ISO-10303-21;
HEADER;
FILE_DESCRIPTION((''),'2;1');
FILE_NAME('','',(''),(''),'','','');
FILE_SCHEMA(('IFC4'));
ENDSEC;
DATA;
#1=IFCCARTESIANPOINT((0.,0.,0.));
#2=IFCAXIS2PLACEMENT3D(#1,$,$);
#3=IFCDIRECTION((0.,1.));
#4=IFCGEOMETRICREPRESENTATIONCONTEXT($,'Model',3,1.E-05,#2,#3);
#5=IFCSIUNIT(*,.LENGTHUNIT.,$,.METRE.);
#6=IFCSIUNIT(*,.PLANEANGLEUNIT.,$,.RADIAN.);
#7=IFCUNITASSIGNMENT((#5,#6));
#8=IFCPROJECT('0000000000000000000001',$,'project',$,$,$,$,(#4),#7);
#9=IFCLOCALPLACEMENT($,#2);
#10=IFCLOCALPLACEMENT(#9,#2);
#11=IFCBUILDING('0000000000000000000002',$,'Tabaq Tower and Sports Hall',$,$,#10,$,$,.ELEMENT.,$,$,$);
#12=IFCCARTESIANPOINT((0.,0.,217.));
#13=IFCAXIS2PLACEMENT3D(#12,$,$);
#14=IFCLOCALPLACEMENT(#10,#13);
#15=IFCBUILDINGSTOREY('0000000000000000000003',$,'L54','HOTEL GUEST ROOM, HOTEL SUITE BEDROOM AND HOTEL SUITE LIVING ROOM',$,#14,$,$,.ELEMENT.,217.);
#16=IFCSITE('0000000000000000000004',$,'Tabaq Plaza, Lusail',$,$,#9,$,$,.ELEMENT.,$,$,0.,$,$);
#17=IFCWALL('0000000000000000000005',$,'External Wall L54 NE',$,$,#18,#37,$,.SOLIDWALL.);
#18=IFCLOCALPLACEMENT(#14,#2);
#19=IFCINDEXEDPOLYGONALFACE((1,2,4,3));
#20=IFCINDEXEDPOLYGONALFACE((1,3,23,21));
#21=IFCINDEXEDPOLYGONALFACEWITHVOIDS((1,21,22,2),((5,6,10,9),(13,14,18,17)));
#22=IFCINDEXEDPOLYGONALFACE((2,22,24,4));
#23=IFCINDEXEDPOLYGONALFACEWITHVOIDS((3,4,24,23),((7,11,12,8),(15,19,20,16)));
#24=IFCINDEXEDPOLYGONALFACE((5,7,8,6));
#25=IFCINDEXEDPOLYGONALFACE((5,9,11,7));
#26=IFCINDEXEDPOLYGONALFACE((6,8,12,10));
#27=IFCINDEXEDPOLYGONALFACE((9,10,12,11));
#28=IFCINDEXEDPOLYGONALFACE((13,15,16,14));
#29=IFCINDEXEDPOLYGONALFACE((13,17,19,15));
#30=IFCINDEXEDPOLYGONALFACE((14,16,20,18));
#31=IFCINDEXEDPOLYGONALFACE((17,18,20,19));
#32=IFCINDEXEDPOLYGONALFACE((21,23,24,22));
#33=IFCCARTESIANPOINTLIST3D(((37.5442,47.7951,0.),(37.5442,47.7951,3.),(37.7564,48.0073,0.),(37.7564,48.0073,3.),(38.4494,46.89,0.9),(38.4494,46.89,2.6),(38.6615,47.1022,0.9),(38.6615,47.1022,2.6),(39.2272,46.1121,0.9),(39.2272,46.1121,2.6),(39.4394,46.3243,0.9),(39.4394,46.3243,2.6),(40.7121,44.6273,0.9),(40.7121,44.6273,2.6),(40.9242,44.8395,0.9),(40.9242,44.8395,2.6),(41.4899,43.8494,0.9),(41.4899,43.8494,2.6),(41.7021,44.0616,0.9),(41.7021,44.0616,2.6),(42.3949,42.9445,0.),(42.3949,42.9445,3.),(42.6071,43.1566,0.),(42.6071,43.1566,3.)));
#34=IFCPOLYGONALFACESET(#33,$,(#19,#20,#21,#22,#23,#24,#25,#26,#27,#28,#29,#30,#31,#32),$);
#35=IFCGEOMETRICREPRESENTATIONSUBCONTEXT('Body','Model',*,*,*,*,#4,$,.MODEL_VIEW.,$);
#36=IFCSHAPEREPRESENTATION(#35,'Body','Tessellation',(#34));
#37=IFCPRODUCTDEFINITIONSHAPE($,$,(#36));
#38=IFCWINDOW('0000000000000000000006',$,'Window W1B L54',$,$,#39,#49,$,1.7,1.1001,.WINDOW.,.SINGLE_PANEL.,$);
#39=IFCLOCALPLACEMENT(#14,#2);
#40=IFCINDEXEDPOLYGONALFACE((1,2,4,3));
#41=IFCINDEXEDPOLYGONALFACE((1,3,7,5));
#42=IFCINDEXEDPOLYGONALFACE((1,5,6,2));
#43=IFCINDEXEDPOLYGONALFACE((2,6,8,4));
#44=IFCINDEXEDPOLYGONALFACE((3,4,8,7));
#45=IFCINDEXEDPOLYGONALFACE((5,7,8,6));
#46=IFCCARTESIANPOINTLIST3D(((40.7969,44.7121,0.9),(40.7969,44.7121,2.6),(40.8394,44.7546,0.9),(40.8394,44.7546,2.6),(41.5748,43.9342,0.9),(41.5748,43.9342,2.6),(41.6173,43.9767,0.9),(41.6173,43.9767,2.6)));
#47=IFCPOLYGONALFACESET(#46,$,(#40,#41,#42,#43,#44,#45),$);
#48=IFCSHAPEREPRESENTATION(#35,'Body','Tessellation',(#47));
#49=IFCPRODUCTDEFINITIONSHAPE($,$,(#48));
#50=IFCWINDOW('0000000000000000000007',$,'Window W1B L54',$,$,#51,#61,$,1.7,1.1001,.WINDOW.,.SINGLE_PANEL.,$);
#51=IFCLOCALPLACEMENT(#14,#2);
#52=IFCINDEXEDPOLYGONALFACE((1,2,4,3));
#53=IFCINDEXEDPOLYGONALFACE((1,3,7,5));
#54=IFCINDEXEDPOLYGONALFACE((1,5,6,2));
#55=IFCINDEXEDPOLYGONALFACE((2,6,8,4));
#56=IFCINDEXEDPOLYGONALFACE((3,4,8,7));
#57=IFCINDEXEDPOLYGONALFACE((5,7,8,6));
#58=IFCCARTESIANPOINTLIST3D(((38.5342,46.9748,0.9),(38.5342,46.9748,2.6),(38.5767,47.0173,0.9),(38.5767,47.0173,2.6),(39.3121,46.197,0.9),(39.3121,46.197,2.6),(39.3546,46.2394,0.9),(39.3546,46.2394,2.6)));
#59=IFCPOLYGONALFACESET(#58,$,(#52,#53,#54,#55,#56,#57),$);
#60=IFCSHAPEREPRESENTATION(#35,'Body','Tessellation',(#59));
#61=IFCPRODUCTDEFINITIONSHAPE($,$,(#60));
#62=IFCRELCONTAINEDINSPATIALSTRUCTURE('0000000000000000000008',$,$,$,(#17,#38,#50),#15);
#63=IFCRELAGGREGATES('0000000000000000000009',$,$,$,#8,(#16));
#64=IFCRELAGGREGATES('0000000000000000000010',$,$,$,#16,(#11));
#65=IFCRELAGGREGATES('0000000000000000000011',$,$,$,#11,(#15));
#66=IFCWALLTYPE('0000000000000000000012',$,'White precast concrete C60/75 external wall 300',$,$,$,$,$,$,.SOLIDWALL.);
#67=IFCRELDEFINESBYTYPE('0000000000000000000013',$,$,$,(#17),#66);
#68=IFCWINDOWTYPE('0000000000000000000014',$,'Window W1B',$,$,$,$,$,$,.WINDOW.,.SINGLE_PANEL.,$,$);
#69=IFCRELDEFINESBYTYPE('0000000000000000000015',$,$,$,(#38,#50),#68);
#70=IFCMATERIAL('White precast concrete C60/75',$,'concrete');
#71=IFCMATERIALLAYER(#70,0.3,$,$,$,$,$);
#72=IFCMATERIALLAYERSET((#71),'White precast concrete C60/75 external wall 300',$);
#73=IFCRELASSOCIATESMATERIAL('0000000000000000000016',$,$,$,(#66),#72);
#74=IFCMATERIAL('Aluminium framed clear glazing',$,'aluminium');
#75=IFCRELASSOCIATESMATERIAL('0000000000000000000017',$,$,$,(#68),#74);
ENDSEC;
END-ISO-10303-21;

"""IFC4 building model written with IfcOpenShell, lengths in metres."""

from ifc_helpers import new_model, si_unit, direction, frame, frame_2d, origin, place, context, subcontext, project, spatial, rectangle, extrude, material, layer, layer_set, type_object, element, fill, save


model = new_model("IFC4")

# Units and contexts
model_context = context("Model", 3, precision=1e-05, world=origin(), true_north=direction((0.0, 1.0)))
body_context = subcontext(model_context, "Body", "Model", "MODEL_VIEW")
ifc_project = project(units=[si_unit("LENGTHUNIT", "METRE"), si_unit("PLANEANGLEUNIT", "RADIAN")], contexts=[model_context])

# Site, building, storey
site_placement = place(None, origin())
site = spatial("IfcSite", under=ifc_project, at=site_placement, Name="Tabaq Plaza, Lusail", CompositionType="ELEMENT", RefElevation=0.0)
building_placement = place(site_placement, origin())
building = spatial("IfcBuilding", under=site, at=building_placement, Name="Tabaq Tower and Sports Hall", CompositionType="ELEMENT")
storey_placement = place(building_placement, frame((0.0, 0.0, 217.0)))
storey = spatial("IfcBuildingStorey", under=building, at=storey_placement, Name="L54", Description="HOTEL GUEST ROOM, HOTEL SUITE BEDROOM AND HOTEL SUITE LIVING ROOM", CompositionType="ELEMENT", Elevation=217.0)

# Wall, openings, windows
ifc_material_1 = material(Name="White precast concrete C60/75", Category="concrete")
ifc_layer_1 = layer(ifc_material_1, 0.3)
ifc_layer_set_1 = layer_set([ifc_layer_1], Name="White precast concrete C60/75 external wall 300")
wall_type_1 = type_object("IfcWallType", Name="White precast concrete C60/75 external wall 300", PredefinedType="SOLIDWALL", material=ifc_layer_set_1)
wall_1_placement = place(storey_placement, frame((42.501, 43.0505, 0.0), z_axis=(0.0, 0.0, 1.0), x_axis=(-0.707107, 0.707107, 0.0)))
wall_1 = element("IfcWall", 1, at=wall_1_placement, inside=storey, type_object=wall_type_1, Name="External Wall L54 NE", PredefinedType="SOLIDWALL", context=body_context, shape_type="SweptSolid", body=[
    extrude(rectangle(XDim=6.8599, YDim=0.3, at=frame_2d((3.4299, 0.0))), origin(), (0.0, 0.0, 1.0), 3.0),
])
opening_1_placement = place(wall_1_placement, frame((1.2798, 0.0, 0.8999)))
opening_1 = element("IfcOpeningElement", 2, at=opening_1_placement, cuts=wall_1, PredefinedType="OPENING", context=body_context, shape_type="SweptSolid", body=[
    extrude(rectangle(XDim=1.1001, YDim=1.7, at=frame_2d((0.55, 0.8501))), frame((0.0, 0.1602, 0.0), z_axis=(0.0, -1.0, 0.0), x_axis=(1.0, 0.0, 0.0)), (0.0, 0.0, 1.0), 0.3201),
])
opening_2_placement = place(wall_1_placement, frame((4.4797, 0.0, 0.8999)))
opening_2 = element("IfcOpeningElement", 3, at=opening_2_placement, cuts=wall_1, PredefinedType="OPENING", context=body_context, shape_type="SweptSolid", body=[
    extrude(rectangle(XDim=1.1001, YDim=1.7, at=frame_2d((0.55, 0.8501))), frame((0.0, 0.1602, 0.0), z_axis=(0.0, -1.0, 0.0), x_axis=(1.0, 0.0, 0.0)), (0.0, 0.0, 1.0), 0.3201),
])
ifc_material_2 = material(Name="Aluminium framed clear glazing", Category="aluminium")
window_type_1 = type_object("IfcWindowType", Name="Window W1B", PartitioningType="SINGLE_PANEL", PredefinedType="WINDOW", material=ifc_material_2)
window_1_placement = place(opening_1_placement, origin())
window_1 = element("IfcWindow", 4, at=window_1_placement, inside=storey, type_object=window_type_1, Name="Window W1B L54", OverallHeight=1.7, OverallWidth=1.1001, PartitioningType="SINGLE_PANEL", PredefinedType="WINDOW", context=body_context, shape_type="SweptSolid", body=[
    extrude(rectangle(XDim=1.1001, YDim=1.7, at=frame_2d((0.55, 0.8501))), frame((0.0, 0.03, 0.0), z_axis=(0.0, -1.0, 0.0), x_axis=(1.0, 0.0, 0.0)), (0.0, 0.0, 1.0), 0.0601),
])
fill(opening_1, window_1)
window_2_placement = place(opening_2_placement, origin())
window_2 = element("IfcWindow", 5, at=window_2_placement, inside=storey, type_object=window_type_1, Name="Window W1B L54", OverallHeight=1.7, OverallWidth=1.1001, PartitioningType="SINGLE_PANEL", PredefinedType="WINDOW", context=body_context, shape_type="SweptSolid", body=[
    extrude(rectangle(XDim=1.1001, YDim=1.7, at=frame_2d((0.55, 0.8501))), frame((0.0, 0.03, 0.0), z_axis=(0.0, -1.0, 0.0), x_axis=(1.0, 0.0, 0.0)), (0.0, 0.0, 1.0), 0.0601),
])
fill(opening_2, window_2)

save(model, "model.ifc")
